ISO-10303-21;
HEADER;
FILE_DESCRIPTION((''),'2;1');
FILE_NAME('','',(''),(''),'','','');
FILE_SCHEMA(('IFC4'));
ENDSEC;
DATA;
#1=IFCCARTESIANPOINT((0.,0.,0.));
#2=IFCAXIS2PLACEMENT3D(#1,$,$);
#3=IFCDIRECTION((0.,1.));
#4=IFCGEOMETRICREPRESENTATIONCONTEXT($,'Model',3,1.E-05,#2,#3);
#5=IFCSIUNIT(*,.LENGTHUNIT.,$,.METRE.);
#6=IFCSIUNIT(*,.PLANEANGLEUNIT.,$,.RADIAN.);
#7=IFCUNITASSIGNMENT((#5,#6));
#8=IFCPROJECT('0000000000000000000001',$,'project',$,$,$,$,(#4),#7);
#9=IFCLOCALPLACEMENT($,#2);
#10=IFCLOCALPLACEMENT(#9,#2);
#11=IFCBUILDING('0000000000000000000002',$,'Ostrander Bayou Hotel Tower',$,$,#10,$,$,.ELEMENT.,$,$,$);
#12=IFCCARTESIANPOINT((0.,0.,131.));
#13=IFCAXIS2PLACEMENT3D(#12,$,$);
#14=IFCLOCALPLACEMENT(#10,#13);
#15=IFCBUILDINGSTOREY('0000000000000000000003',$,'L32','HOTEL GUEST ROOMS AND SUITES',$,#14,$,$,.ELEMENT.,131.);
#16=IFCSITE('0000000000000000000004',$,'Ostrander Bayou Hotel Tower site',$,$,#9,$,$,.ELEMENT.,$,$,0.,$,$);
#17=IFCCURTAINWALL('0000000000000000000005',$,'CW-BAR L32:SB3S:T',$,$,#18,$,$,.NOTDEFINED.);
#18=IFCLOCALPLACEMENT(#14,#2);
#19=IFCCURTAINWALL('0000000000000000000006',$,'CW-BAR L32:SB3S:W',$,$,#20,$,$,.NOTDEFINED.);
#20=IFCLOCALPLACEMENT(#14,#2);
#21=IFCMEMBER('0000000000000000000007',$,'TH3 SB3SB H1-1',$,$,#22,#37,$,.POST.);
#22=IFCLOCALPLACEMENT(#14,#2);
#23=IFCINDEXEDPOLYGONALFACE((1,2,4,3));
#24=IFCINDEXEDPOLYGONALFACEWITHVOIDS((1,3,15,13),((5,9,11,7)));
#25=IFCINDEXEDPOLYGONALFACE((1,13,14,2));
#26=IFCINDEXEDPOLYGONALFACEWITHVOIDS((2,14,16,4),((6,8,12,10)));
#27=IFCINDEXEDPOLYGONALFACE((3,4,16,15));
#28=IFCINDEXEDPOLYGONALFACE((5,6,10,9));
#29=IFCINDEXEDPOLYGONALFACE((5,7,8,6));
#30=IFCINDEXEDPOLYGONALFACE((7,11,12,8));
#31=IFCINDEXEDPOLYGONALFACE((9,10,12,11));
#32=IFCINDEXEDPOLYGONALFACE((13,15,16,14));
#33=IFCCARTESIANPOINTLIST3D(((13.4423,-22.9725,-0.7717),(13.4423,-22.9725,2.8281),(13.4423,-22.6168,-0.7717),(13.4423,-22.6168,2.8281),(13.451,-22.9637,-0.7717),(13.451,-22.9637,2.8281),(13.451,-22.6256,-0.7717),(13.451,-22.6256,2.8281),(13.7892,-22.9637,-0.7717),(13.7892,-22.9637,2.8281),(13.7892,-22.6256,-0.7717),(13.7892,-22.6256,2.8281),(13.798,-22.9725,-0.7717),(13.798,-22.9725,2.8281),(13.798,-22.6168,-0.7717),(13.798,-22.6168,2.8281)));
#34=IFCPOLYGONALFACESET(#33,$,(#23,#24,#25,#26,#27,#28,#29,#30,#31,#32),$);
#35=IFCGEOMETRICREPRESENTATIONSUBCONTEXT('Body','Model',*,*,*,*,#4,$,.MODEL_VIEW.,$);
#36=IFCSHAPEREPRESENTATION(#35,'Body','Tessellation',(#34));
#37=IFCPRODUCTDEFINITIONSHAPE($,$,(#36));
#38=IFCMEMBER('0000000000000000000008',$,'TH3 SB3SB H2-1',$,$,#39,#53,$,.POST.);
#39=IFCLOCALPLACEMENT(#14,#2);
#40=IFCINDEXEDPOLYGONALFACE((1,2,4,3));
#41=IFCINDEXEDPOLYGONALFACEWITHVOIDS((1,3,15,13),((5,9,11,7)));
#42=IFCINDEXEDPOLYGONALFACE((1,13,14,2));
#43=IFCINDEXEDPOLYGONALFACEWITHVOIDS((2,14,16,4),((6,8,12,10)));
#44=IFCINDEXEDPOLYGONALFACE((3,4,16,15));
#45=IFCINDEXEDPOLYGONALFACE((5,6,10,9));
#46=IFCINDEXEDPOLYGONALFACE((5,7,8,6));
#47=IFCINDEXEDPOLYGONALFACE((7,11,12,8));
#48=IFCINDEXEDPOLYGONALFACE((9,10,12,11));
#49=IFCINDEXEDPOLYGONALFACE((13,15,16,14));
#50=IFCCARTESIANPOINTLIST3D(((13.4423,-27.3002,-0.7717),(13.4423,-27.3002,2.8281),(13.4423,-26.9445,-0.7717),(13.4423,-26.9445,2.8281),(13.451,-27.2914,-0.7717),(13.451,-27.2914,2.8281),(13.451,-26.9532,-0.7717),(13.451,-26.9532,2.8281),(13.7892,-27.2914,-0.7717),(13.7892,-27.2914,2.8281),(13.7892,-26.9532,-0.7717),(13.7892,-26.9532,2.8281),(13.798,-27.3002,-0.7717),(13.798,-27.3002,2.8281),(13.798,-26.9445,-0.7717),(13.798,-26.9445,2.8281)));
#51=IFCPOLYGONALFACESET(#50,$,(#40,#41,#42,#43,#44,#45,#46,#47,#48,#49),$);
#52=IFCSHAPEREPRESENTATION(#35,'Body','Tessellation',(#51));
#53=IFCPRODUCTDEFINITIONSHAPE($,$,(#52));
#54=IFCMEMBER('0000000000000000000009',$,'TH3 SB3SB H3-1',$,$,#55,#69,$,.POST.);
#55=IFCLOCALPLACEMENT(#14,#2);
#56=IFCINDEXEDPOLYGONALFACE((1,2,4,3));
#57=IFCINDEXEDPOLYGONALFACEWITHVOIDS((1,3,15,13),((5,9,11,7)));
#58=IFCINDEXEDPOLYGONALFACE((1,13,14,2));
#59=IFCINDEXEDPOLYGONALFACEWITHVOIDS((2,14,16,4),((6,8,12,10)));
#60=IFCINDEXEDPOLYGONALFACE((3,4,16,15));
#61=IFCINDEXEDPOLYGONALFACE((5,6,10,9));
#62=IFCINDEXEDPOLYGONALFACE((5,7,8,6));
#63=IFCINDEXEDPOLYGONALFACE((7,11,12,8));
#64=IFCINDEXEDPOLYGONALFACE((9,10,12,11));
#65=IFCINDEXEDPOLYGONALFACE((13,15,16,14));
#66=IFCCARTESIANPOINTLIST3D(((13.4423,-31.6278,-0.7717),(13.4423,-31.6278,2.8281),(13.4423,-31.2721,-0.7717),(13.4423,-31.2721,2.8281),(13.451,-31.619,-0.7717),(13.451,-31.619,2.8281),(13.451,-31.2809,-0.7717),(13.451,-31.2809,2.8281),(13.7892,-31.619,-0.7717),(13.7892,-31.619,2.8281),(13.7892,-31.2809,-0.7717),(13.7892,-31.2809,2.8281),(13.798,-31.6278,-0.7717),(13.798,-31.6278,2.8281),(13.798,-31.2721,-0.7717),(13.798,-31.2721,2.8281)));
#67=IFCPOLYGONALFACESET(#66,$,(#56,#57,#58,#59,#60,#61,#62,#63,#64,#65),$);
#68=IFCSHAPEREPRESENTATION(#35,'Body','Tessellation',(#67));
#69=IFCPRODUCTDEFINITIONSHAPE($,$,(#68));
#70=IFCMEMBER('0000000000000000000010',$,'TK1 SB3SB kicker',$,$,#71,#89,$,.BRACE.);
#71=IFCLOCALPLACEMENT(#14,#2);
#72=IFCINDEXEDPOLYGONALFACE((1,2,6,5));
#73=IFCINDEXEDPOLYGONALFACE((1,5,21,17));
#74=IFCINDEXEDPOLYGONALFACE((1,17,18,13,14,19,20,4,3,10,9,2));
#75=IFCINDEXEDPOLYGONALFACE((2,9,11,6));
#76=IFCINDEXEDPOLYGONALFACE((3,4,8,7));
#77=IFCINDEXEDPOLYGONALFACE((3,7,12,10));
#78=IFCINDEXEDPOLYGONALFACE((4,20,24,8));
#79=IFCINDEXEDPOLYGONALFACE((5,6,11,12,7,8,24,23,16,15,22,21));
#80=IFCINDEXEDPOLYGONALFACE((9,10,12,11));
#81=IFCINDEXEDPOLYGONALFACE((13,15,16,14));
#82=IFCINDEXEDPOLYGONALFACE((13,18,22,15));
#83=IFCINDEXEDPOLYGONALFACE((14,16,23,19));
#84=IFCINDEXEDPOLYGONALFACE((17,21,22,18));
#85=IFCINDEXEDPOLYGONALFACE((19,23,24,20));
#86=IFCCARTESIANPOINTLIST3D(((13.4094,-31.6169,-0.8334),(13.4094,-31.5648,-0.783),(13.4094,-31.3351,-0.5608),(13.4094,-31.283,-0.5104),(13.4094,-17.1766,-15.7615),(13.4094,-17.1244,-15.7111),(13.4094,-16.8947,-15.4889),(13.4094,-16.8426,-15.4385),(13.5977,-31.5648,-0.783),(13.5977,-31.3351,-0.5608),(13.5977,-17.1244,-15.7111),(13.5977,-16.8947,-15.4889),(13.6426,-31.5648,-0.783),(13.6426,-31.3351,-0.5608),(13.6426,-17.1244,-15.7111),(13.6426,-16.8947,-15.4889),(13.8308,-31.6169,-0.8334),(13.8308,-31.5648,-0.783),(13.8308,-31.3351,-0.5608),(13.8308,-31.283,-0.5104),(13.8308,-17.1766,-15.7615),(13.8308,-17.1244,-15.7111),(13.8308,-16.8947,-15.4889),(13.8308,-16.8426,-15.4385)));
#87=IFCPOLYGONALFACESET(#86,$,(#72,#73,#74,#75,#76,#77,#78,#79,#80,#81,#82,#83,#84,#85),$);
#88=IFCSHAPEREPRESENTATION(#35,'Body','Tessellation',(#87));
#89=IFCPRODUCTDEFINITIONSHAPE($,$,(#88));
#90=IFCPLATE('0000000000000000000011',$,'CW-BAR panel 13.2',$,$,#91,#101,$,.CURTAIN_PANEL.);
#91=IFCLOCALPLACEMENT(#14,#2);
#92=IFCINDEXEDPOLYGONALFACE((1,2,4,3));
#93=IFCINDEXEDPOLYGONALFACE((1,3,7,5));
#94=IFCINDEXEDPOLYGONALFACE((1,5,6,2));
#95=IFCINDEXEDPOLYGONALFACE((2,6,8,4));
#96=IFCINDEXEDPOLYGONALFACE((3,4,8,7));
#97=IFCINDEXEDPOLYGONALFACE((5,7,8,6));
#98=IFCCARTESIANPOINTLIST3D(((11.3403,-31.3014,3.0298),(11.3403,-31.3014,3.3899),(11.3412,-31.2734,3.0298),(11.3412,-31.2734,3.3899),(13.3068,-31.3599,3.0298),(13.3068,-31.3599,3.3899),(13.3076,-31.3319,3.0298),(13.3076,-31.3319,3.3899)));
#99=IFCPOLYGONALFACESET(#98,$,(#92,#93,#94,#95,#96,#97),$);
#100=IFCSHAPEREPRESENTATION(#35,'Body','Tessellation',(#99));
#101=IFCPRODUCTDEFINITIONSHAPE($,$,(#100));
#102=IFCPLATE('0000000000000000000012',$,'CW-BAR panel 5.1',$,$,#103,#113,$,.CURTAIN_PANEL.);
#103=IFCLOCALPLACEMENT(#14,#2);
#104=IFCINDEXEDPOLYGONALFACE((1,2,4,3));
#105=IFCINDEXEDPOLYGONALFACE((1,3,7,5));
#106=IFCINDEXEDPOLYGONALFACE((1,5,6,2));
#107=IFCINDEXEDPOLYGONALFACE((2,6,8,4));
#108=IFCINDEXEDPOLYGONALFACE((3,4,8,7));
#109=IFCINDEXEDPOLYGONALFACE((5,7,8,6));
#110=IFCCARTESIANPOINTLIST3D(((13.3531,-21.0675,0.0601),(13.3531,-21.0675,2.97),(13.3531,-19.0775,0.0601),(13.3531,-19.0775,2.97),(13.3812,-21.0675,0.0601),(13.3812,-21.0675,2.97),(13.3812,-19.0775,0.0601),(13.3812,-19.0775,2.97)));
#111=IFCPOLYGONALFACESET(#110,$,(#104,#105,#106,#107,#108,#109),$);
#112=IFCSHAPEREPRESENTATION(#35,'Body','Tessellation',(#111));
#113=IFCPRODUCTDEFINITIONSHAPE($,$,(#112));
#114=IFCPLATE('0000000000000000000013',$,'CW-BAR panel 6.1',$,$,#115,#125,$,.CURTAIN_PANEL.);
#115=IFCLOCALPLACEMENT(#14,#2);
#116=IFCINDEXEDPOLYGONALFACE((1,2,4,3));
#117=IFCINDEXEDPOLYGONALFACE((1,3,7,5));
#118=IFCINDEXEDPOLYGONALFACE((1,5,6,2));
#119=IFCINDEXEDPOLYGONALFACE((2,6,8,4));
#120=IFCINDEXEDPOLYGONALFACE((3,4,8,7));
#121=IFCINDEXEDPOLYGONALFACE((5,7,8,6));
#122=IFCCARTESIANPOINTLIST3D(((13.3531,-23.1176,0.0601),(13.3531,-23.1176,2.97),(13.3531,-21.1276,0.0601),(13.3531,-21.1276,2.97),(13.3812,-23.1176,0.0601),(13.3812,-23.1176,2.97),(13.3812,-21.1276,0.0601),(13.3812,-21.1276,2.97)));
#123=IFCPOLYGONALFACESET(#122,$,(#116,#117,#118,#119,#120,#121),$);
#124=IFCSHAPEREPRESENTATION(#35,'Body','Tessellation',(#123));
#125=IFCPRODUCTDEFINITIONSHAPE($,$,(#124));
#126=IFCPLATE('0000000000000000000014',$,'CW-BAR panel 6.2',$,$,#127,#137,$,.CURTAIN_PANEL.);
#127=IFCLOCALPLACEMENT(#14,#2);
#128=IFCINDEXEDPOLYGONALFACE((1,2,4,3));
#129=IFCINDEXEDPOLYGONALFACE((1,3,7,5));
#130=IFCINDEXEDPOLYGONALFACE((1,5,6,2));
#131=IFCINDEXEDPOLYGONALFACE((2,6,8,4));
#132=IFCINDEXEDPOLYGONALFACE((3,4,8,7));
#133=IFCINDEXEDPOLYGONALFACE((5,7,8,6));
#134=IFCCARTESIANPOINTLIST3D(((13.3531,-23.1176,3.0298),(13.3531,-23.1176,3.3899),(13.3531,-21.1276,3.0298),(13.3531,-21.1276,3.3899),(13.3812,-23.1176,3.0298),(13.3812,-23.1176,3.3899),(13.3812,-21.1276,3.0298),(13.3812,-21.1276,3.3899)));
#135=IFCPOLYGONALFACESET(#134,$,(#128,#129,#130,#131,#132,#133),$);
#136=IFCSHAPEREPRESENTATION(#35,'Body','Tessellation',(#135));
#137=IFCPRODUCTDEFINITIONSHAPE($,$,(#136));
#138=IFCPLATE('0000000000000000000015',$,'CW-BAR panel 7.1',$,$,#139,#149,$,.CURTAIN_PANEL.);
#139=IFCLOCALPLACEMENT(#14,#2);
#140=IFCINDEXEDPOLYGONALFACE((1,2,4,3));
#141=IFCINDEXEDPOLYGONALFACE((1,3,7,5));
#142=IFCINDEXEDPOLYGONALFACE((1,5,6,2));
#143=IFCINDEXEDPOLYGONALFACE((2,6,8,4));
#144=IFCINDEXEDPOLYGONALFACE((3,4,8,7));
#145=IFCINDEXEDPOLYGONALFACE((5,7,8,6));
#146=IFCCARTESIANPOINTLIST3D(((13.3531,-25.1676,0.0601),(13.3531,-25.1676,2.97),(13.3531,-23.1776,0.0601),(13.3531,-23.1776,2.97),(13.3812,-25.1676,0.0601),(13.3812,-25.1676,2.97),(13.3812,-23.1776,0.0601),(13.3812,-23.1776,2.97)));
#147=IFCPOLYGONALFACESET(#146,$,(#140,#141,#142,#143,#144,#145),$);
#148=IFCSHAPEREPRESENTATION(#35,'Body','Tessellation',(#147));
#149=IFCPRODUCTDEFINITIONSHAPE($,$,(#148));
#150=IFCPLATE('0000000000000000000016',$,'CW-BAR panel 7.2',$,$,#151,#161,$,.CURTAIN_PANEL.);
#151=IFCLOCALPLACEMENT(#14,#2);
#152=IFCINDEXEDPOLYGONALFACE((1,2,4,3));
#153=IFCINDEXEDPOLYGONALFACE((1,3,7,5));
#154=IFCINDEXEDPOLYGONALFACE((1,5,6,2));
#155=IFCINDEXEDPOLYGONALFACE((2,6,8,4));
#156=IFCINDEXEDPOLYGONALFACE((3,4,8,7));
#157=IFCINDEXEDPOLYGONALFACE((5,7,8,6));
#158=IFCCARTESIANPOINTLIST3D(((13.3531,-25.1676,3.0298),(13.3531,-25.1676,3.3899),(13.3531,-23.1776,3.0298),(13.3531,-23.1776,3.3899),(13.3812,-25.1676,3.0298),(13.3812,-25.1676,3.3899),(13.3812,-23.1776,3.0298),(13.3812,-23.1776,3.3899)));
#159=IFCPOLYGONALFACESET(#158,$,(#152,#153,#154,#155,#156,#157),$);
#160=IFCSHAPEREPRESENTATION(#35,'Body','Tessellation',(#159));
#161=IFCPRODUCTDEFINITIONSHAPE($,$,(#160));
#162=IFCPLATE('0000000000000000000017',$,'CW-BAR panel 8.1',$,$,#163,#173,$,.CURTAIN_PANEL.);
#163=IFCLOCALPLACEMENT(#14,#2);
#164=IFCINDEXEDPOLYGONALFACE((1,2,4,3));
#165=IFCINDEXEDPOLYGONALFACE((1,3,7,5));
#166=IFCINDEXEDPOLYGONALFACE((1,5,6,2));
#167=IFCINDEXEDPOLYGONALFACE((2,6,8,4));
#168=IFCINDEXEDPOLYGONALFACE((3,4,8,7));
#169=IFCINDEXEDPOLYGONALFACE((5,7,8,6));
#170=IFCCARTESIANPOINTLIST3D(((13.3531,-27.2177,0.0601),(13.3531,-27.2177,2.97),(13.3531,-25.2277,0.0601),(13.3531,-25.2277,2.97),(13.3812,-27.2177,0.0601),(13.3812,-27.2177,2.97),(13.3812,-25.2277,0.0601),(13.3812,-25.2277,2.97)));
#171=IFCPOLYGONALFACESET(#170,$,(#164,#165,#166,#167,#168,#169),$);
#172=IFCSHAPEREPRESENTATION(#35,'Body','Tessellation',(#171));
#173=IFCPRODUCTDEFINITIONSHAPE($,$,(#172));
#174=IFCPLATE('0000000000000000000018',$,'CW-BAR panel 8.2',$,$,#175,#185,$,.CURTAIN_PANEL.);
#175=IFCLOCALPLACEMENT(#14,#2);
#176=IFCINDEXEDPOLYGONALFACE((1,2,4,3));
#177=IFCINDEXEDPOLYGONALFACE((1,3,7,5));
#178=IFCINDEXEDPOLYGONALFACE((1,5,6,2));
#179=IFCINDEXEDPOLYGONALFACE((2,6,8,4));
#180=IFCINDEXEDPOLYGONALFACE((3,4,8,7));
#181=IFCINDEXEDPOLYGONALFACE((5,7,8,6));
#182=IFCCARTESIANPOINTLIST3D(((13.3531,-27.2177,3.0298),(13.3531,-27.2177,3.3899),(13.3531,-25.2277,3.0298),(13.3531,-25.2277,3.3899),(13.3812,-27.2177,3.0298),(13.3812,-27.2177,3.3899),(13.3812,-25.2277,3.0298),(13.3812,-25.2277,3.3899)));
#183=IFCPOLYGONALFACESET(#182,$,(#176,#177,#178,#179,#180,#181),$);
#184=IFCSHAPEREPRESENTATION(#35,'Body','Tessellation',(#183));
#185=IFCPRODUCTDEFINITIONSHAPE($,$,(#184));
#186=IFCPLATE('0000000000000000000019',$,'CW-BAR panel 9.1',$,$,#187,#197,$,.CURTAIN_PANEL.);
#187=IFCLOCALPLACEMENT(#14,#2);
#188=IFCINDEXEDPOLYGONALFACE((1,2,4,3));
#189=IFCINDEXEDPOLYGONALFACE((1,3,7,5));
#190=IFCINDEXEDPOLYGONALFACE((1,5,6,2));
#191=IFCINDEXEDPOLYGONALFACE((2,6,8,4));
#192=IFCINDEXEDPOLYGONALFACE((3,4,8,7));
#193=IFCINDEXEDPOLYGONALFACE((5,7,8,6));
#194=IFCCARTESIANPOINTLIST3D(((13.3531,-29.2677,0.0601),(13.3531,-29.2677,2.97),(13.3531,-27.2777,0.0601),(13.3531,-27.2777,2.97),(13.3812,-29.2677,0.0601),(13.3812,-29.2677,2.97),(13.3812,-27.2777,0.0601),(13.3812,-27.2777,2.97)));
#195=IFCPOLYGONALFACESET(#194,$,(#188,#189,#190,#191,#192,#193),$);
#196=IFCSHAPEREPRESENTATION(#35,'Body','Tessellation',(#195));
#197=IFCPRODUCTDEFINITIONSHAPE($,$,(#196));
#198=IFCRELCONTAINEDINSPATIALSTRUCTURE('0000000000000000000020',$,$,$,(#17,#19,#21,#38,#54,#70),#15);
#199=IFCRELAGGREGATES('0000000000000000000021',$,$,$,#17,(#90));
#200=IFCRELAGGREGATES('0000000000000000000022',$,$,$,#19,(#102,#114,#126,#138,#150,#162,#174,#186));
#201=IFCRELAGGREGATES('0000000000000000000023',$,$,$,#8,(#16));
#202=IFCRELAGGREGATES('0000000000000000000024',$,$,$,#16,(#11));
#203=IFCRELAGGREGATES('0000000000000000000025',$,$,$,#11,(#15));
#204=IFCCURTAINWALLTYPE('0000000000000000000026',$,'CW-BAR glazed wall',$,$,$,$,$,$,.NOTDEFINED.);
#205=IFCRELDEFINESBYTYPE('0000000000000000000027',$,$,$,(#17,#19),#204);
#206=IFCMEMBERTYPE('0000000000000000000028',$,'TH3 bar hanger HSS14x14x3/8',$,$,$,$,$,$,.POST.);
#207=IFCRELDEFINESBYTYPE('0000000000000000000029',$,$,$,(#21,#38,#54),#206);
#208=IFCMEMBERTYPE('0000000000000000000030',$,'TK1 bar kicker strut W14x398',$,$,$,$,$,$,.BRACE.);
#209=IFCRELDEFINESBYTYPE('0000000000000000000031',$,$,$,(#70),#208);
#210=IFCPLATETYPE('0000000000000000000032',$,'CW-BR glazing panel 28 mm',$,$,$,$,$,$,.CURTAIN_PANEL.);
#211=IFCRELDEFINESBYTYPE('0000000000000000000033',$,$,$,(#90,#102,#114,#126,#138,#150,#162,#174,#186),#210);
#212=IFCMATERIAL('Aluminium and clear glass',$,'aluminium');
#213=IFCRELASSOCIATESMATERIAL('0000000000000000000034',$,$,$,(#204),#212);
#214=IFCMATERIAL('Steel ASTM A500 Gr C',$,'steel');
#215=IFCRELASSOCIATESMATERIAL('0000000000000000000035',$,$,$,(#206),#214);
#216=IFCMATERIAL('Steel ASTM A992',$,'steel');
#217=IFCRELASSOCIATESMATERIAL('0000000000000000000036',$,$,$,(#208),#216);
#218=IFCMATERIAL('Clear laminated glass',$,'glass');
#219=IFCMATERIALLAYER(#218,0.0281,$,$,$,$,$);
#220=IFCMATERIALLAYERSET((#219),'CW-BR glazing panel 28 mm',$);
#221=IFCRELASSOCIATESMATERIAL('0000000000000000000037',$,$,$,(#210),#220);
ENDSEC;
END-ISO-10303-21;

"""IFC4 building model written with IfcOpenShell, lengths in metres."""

from ifc_helpers import new_model, si_unit, direction, frame, origin, origin_2d, place, context, subcontext, project, spatial, rectangle, hollow_rectangle, i_section, extrude, material, layer, layer_set, material_profile, profile_set, type_object, element, aggregate, save


model = new_model("IFC4")

# Units and contexts
model_context = context("Model", 3, precision=1e-05, world=origin(), true_north=direction((0.0, 1.0)))
body_context = subcontext(model_context, "Body", "Model", "MODEL_VIEW")
ifc_project = project(units=[si_unit("LENGTHUNIT", "METRE"), si_unit("PLANEANGLEUNIT", "RADIAN")], contexts=[model_context])

# Site, building, storey
site_placement = place(None, origin())
site = spatial("IfcSite", under=ifc_project, at=site_placement, Name="Ostrander Bayou Hotel Tower site", CompositionType="ELEMENT", RefElevation=0.0)
building_placement = place(site_placement, origin())
building = spatial("IfcBuilding", under=site, at=building_placement, Name="Ostrander Bayou Hotel Tower", CompositionType="ELEMENT")
storey_placement = place(building_placement, frame((0.0, 0.0, 131.0)))
storey = spatial("IfcBuildingStorey", under=building, at=storey_placement, Name="L32", Description="HOTEL GUEST ROOMS AND SUITES", CompositionType="ELEMENT", Elevation=131.0)

# Curtain wall
ifc_material_1 = material(Name="Aluminium and clear glass", Category="aluminium")
curtain_wall_type = type_object("IfcCurtainWallType", Name="CW-BAR glazed wall", PredefinedType="NOTDEFINED", material=ifc_material_1)
curtain_wall_1_placement = place(storey_placement, origin())
curtain_wall_1 = element("IfcCurtainWall", 1, at=curtain_wall_1_placement, inside=storey, type_object=curtain_wall_type, Name="CW-BAR L32:SB3S:T", PredefinedType="NOTDEFINED")

# Curtain wall
curtain_wall_2_placement = place(storey_placement, origin())
curtain_wall_2 = element("IfcCurtainWall", 2, at=curtain_wall_2_placement, inside=storey, type_object=curtain_wall_type, Name="CW-BAR L32:SB3S:W", PredefinedType="NOTDEFINED")

# Members
ifc_material_2 = material(Name="Steel ASTM A500 Gr C", Category="steel")
ifc_material_profile_1 = material_profile(ifc_material_2, hollow_rectangle(XDim=0.3557, YDim=0.3557, WallThickness=0.0088, at=origin_2d()))
ifc_profile_set_1 = profile_set([ifc_material_profile_1], Name="Steel ASTM A500 Gr C")
member_type_1 = type_object("IfcMemberType", Name="TH3 bar hanger HSS14x14x3/8", PredefinedType="POST", material=ifc_profile_set_1)
for number, where, z_axis, x_axis, name in (
    (3, (13.6201, -22.7947, -0.7717), (0.0, 0.0, 1.0), (1.0, 0.0, 0.0), "TH3 SB3SB H1-1"),
    (4, (13.6201, -27.1223, -0.7717), (0.0, 0.0, 1.0), (1.0, 0.0, 0.0), "TH3 SB3SB H2-1"),
    (5, (13.6201, -31.45, -0.7717), (0.0, 0.0, 1.0), (1.0, 0.0, 0.0), "TH3 SB3SB H3-1"),
):
    element("IfcMember", number, at=place(storey_placement, frame(where, z_axis=z_axis, x_axis=x_axis)), inside=storey, type_object=member_type_1, Name=name, PredefinedType="POST", context=body_context, shape_type="SweptSolid", body=[
        extrude(hollow_rectangle(XDim=0.3557, YDim=0.3557, WallThickness=0.0088, at=origin_2d()), origin(), (0.0, 0.0, 1.0), 3.5999),
    ])
ifc_material_3 = material(Name="Steel ASTM A992", Category="steel")
ifc_material_profile_2 = material_profile(ifc_material_3, i_section(OverallWidth=0.4214, OverallDepth=0.4646, WebThickness=0.0449, FlangeThickness=0.0725, at=origin_2d()))
ifc_profile_set_2 = profile_set([ifc_material_profile_2], Name="Steel ASTM A992")
member_type_2 = type_object("IfcMemberType", Name="TK1 bar kicker strut W14x398", PredefinedType="BRACE", material=ifc_profile_set_2)
member_1_placement = place(storey_placement, frame((13.6201, -31.45, -0.6719), z_axis=(0.0, 0.695266, -0.718752), x_axis=(-1.0, 0.0, 0.0)))
element("IfcMember", 6, at=member_1_placement, inside=storey, type_object=member_type_2, Name="TK1 SB3SB kicker", PredefinedType="BRACE", context=body_context, shape_type="SweptSolid", body=[
    extrude(i_section(OverallWidth=0.4214, OverallDepth=0.4646, WebThickness=0.0449, FlangeThickness=0.0725, at=origin_2d()), origin(), (0.0, 0.0, 1.0), 20.7695),
])

# Plates
ifc_material_4 = material(Name="Clear laminated glass", Category="glass")
ifc_layer_1 = layer(ifc_material_4, 0.0281)
ifc_layer_set_1 = layer_set([ifc_layer_1], Name="CW-BR glazing panel 28 mm")
plate_type = type_object("IfcPlateType", Name="CW-BR glazing panel 28 mm", PredefinedType="CURTAIN_PANEL", material=ifc_layer_set_1)
plate_1_placement = place(storey_placement, frame((12.324, -31.3167, 3.0298), z_axis=(0.0, 0.0, 1.0), x_axis=(0.999557, -0.029746, 0.0)))
plate_1 = element("IfcPlate", 7, at=plate_1_placement, type_object=plate_type, Name="CW-BAR panel 13.2", PredefinedType="CURTAIN_PANEL", context=body_context, shape_type="SweptSolid", body=[
    extrude(rectangle(XDim=1.9673, YDim=0.0281, at=origin_2d()), origin(), (0.0, 0.0, 1.0), 0.3601),
])
aggregate(curtain_wall_1, [plate_1])
plate_2_placement = place(storey_placement, frame((13.3672, -20.0725, 0.0601), z_axis=(0.0, 0.0, 1.0), x_axis=(0.0, -1.0, 0.0)))
plate_2 = element("IfcPlate", 8, at=plate_2_placement, type_object=plate_type, Name="CW-BAR panel 5.1", PredefinedType="CURTAIN_PANEL", context=body_context, shape_type="SweptSolid", body=[
    extrude(rectangle(XDim=1.99, YDim=0.0281, at=origin_2d()), origin(), (0.0, 0.0, 1.0), 2.9099),
])
plate_3_placement = place(storey_placement, frame((13.3672, -22.1226, 0.0601), z_axis=(0.0, 0.0, 1.0), x_axis=(0.0, -1.0, 0.0)))
plate_3 = element("IfcPlate", 9, at=plate_3_placement, type_object=plate_type, Name="CW-BAR panel 6.1", PredefinedType="CURTAIN_PANEL", context=body_context, shape_type="SweptSolid", body=[
    extrude(rectangle(XDim=1.99, YDim=0.0281, at=origin_2d()), origin(), (0.0, 0.0, 1.0), 2.9099),
])
plate_4_placement = place(storey_placement, frame((13.3672, -22.1226, 3.0298), z_axis=(0.0, 0.0, 1.0), x_axis=(0.0, -1.0, 0.0)))
plate_4 = element("IfcPlate", 10, at=plate_4_placement, type_object=plate_type, Name="CW-BAR panel 6.2", PredefinedType="CURTAIN_PANEL", context=body_context, shape_type="SweptSolid", body=[
    extrude(rectangle(XDim=1.99, YDim=0.0281, at=origin_2d()), origin(), (0.0, 0.0, 1.0), 0.3601),
])
plate_5_placement = place(storey_placement, frame((13.3672, -24.1726, 0.0601), z_axis=(0.0, 0.0, 1.0), x_axis=(0.0, -1.0, 0.0)))
plate_5 = element("IfcPlate", 11, at=plate_5_placement, type_object=plate_type, Name="CW-BAR panel 7.1", PredefinedType="CURTAIN_PANEL", context=body_context, shape_type="SweptSolid", body=[
    extrude(rectangle(XDim=1.99, YDim=0.0281, at=origin_2d()), origin(), (0.0, 0.0, 1.0), 2.9099),
])
plate_6_placement = place(storey_placement, frame((13.3672, -24.1726, 3.0298), z_axis=(0.0, 0.0, 1.0), x_axis=(0.0, -1.0, 0.0)))
plate_6 = element("IfcPlate", 12, at=plate_6_placement, type_object=plate_type, Name="CW-BAR panel 7.2", PredefinedType="CURTAIN_PANEL", context=body_context, shape_type="SweptSolid", body=[
    extrude(rectangle(XDim=1.99, YDim=0.0281, at=origin_2d()), origin(), (0.0, 0.0, 1.0), 0.3601),
])
plate_7_placement = place(storey_placement, frame((13.3672, -26.2227, 0.0601), z_axis=(0.0, 0.0, 1.0), x_axis=(0.0, -1.0, 0.0)))
plate_7 = element("IfcPlate", 13, at=plate_7_placement, type_object=plate_type, Name="CW-BAR panel 8.1", PredefinedType="CURTAIN_PANEL", context=body_context, shape_type="SweptSolid", body=[
    extrude(rectangle(XDim=1.99, YDim=0.0281, at=origin_2d()), origin(), (0.0, 0.0, 1.0), 2.9099),
])
plate_8_placement = place(storey_placement, frame((13.3672, -26.2227, 3.0298), z_axis=(0.0, 0.0, 1.0), x_axis=(0.0, -1.0, 0.0)))
plate_8 = element("IfcPlate", 14, at=plate_8_placement, type_object=plate_type, Name="CW-BAR panel 8.2", PredefinedType="CURTAIN_PANEL", context=body_context, shape_type="SweptSolid", body=[
    extrude(rectangle(XDim=1.99, YDim=0.0281, at=origin_2d()), origin(), (0.0, 0.0, 1.0), 0.3601),
])
plate_9_placement = place(storey_placement, frame((13.3672, -28.2727, 0.0601), z_axis=(0.0, 0.0, 1.0), x_axis=(0.0, -1.0, 0.0)))
plate_9 = element("IfcPlate", 15, at=plate_9_placement, type_object=plate_type, Name="CW-BAR panel 9.1", PredefinedType="CURTAIN_PANEL", context=body_context, shape_type="SweptSolid", body=[
    extrude(rectangle(XDim=1.99, YDim=0.0281, at=origin_2d()), origin(), (0.0, 0.0, 1.0), 2.9099),
])
aggregate(curtain_wall_2, [plate_2, plate_3, plate_4, plate_5, plate_6, plate_7, plate_8, plate_9])

save(model, "model.ifc")
